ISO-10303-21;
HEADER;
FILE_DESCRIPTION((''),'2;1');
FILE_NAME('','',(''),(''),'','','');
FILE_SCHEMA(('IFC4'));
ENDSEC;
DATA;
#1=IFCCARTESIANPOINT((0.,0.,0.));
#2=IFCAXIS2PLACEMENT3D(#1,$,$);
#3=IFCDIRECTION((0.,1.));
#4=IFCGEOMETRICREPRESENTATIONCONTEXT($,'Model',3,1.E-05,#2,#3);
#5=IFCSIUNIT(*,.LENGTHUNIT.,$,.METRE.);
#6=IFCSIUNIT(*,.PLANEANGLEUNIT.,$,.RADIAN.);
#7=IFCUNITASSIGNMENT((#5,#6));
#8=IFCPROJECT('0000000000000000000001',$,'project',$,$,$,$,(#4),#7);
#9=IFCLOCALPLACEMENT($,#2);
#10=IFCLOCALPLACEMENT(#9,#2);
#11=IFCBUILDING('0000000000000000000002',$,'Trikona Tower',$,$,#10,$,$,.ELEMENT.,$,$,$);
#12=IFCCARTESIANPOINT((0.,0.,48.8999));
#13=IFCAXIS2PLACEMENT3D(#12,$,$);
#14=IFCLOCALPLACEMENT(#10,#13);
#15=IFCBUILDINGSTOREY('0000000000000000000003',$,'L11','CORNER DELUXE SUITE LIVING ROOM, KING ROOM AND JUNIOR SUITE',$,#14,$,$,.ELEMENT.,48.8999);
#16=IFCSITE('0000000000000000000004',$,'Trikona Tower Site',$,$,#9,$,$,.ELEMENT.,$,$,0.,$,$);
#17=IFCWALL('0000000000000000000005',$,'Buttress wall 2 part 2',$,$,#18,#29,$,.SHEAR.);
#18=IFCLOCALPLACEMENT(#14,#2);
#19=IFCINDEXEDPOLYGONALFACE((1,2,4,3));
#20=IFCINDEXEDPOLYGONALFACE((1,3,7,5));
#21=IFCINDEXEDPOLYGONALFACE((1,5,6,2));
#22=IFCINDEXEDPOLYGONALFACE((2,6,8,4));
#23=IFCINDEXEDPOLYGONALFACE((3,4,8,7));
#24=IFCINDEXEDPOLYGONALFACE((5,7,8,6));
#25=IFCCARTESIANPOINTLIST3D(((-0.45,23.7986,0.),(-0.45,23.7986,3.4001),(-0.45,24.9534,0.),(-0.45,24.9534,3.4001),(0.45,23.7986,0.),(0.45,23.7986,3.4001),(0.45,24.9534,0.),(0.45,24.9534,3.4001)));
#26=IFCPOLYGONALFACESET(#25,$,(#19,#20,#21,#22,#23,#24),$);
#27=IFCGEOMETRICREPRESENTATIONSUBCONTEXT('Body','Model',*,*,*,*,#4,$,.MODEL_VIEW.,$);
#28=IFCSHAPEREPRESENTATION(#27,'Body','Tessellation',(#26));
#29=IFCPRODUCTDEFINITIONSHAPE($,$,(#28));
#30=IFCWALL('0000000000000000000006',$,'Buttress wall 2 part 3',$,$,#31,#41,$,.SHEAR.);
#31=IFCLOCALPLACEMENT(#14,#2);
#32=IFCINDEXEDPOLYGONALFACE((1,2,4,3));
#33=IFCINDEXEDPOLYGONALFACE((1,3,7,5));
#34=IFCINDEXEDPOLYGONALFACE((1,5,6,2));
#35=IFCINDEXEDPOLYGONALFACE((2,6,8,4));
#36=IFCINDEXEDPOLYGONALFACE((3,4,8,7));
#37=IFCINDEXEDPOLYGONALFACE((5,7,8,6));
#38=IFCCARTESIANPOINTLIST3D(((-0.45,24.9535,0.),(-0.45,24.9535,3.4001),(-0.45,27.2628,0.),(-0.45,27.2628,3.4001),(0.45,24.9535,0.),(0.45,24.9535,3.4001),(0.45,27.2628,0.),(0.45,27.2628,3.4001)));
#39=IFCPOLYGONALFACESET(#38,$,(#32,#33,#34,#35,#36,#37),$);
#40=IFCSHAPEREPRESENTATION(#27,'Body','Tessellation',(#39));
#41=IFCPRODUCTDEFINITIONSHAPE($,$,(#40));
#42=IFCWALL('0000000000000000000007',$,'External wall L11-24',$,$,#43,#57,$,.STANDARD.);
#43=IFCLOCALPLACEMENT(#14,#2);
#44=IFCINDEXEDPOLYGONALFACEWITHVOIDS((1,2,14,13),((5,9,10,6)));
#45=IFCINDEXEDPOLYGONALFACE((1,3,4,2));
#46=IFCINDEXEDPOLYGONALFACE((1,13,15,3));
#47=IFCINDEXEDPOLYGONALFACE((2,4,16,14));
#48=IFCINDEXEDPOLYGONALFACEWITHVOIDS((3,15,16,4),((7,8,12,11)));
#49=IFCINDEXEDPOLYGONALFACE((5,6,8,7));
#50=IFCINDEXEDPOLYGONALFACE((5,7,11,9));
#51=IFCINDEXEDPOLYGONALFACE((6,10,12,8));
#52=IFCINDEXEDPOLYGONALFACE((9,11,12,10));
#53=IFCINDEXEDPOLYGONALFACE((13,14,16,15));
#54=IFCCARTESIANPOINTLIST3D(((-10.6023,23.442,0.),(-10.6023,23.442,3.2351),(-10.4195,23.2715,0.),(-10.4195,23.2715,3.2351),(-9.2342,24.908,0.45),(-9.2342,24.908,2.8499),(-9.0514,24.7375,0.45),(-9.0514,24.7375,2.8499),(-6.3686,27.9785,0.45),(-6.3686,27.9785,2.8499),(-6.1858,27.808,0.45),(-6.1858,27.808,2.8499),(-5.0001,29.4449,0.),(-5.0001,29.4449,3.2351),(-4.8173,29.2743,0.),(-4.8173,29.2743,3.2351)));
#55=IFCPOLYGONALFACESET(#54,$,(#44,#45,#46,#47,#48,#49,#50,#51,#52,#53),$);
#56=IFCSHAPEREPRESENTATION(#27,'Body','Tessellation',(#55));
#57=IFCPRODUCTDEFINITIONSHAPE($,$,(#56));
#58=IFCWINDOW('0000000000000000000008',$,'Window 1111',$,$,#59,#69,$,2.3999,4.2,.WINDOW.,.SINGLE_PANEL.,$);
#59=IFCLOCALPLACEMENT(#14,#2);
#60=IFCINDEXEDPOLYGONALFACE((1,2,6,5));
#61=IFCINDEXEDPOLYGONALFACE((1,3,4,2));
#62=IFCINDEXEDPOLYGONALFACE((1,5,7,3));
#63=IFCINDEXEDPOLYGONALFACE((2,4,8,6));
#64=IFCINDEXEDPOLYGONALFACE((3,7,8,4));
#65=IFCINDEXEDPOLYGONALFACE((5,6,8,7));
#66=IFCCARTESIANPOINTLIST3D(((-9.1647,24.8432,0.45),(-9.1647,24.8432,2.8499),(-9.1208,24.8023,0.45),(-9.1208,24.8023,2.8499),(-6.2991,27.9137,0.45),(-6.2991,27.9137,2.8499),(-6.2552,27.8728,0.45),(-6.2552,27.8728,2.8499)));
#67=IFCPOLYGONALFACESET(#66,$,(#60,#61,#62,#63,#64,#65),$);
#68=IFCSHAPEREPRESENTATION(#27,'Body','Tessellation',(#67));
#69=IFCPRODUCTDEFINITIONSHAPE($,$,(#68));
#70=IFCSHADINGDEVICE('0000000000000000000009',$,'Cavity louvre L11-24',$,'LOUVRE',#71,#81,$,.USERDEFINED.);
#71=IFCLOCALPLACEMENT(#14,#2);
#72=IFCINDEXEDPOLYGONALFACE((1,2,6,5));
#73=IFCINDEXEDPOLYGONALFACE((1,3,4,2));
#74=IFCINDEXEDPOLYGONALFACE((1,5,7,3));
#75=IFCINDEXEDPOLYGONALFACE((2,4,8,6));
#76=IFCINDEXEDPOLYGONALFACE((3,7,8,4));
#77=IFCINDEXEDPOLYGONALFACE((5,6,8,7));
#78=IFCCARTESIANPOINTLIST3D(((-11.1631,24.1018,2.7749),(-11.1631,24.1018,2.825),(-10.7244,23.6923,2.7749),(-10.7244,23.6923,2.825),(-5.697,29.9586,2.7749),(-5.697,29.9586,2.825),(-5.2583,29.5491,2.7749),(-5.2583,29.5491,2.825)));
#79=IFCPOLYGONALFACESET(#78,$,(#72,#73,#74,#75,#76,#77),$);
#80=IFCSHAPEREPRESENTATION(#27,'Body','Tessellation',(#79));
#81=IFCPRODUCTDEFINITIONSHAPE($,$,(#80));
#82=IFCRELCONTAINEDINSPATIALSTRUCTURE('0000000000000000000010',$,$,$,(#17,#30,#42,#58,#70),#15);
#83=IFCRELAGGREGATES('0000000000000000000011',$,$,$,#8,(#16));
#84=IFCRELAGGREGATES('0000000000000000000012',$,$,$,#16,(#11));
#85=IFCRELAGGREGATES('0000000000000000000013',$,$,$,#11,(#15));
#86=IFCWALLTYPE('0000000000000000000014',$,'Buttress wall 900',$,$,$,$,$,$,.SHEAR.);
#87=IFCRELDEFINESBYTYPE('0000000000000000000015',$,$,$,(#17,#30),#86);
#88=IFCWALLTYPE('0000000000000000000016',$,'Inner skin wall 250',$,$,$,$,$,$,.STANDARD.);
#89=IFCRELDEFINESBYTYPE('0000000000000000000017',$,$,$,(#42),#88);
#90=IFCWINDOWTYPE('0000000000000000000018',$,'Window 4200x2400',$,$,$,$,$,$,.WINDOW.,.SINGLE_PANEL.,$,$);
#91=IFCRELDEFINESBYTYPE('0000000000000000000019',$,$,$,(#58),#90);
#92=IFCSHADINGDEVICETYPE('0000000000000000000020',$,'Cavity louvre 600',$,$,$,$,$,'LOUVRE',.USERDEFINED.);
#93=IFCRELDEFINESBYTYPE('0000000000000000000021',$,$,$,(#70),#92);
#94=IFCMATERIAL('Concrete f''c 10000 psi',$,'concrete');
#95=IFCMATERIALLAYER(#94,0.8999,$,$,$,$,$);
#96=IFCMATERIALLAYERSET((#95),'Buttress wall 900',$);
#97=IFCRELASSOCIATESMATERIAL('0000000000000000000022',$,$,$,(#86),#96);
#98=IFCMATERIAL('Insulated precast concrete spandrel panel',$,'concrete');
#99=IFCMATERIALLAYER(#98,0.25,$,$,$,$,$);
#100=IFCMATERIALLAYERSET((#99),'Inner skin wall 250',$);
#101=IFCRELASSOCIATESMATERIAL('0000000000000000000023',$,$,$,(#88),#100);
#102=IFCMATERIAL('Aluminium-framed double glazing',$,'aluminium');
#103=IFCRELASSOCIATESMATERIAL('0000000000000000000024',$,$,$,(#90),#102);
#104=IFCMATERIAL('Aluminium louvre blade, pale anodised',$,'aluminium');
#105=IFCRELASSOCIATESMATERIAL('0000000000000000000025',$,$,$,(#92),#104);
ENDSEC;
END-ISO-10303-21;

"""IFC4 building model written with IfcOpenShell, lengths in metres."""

from ifc_helpers import new_model, si_unit, direction, frame, frame_2d, origin, origin_2d, place, context, subcontext, project, spatial, rectangle, extrude, material, layer, layer_set, type_object, element, fill, save


model = new_model("IFC4")

# Units and contexts
model_context = context("Model", 3, precision=1e-05, world=origin(), true_north=direction((0.0, 1.0)))
body_context = subcontext(model_context, "Body", "Model", "MODEL_VIEW")
ifc_project = project(units=[si_unit("LENGTHUNIT", "METRE"), si_unit("PLANEANGLEUNIT", "RADIAN")], contexts=[model_context])

# Site, building, storey
site_placement = place(None, origin())
site = spatial("IfcSite", under=ifc_project, at=site_placement, Name="Trikona Tower Site", CompositionType="ELEMENT", RefElevation=0.0)
building_placement = place(site_placement, origin())
building = spatial("IfcBuilding", under=site, at=building_placement, Name="Trikona Tower", CompositionType="ELEMENT")
storey_placement = place(building_placement, frame((0.0, 0.0, 48.8999)))
storey = spatial("IfcBuildingStorey", under=building, at=storey_placement, Name="L11", Description="CORNER DELUXE SUITE LIVING ROOM, KING ROOM AND JUNIOR SUITE", CompositionType="ELEMENT", Elevation=48.8999)

# Walls
ifc_material_1 = material(Name="Concrete f'c 10000 psi", Category="concrete")
ifc_layer_1 = layer(ifc_material_1, 0.8999)
ifc_layer_set_1 = layer_set([ifc_layer_1], Name="Buttress wall 900")
wall_type_1 = type_object("IfcWallType", Name="Buttress wall 900", PredefinedType="SHEAR", material=ifc_layer_set_1)
wall_1_placement = place(storey_placement, frame((0.0, 23.7986, 0.0), z_axis=(0.0, 0.0, 1.0), x_axis=(0.0, 1.0, 0.0)))
element("IfcWall", 1, at=wall_1_placement, inside=storey, type_object=wall_type_1, Name="Buttress wall 2 part 2", PredefinedType="SHEAR", context=body_context, shape_type="SweptSolid", body=[
    extrude(rectangle(XDim=1.1548, YDim=0.8999, at=frame_2d((0.5774, 0.0))), origin(), (0.0, 0.0, 1.0), 3.4001),
])
wall_2_placement = place(storey_placement, frame((0.0, 24.9534, 0.0), z_axis=(0.0, 0.0, 1.0), x_axis=(0.0, 1.0, 0.0)))
element("IfcWall", 2, at=wall_2_placement, inside=storey, type_object=wall_type_1, Name="Buttress wall 2 part 3", PredefinedType="SHEAR", context=body_context, shape_type="SweptSolid", body=[
    extrude(rectangle(XDim=2.3093, YDim=0.8999, at=frame_2d((1.1548, 0.0))), origin(), (0.0, 0.0, 1.0), 3.4001),
])

# Wall, opening, window
ifc_material_2 = material(Name="Insulated precast concrete spandrel panel", Category="concrete")
ifc_layer_2 = layer(ifc_material_2, 0.25)
ifc_layer_set_2 = layer_set([ifc_layer_2], Name="Inner skin wall 250")
wall_type_2 = type_object("IfcWallType", Name="Inner skin wall 250", PredefinedType="STANDARD", material=ifc_layer_set_2)
wall_3_placement = place(storey_placement, frame((-4.9087, 29.3596, 0.0), z_axis=(0.0, 0.0, 1.0), x_axis=(-0.68229, -0.731082, 0.0)))
wall_3 = element("IfcWall", 3, at=wall_3_placement, inside=storey, type_object=wall_type_2, Name="External wall L11-24", PredefinedType="STANDARD", context=body_context, shape_type="SweptSolid", body=[
    extrude(rectangle(XDim=8.2109, YDim=0.25, at=frame_2d((4.1055, 0.0))), origin(), (0.0, 0.0, 1.0), 3.2351),
])
opening_1_placement = place(wall_3_placement, frame((2.0056, 0.0, 0.45)))
opening_1 = element("IfcOpeningElement", 4, at=opening_1_placement, cuts=wall_3, PredefinedType="OPENING", context=body_context, shape_type="SweptSolid", body=[
    extrude(rectangle(XDim=4.2, YDim=2.3999, at=frame_2d((2.1001, 1.2))), frame((0.0, 0.135, 0.0), z_axis=(0.0, -1.0, 0.0), x_axis=(1.0, 0.0, 0.0)), (0.0, 0.0, 1.0), 0.27),
])
ifc_material_3 = material(Name="Aluminium-framed double glazing", Category="aluminium")
window_type_1 = type_object("IfcWindowType", Name="Window 4200x2400", PartitioningType="SINGLE_PANEL", PredefinedType="WINDOW", material=ifc_material_3)
window_1_placement = place(opening_1_placement, origin())
window_1 = element("IfcWindow", 5, at=window_1_placement, inside=storey, type_object=window_type_1, Name="Window 1111", OverallHeight=2.3999, OverallWidth=4.2, PartitioningType="SINGLE_PANEL", PredefinedType="WINDOW", context=body_context, shape_type="SweptSolid", body=[
    extrude(rectangle(XDim=4.2, YDim=2.3999, at=frame_2d((2.1001, 1.2))), frame((0.0, 0.03, 0.0), z_axis=(0.0, -1.0, 0.0), x_axis=(1.0, 0.0, 0.0)), (0.0, 0.0, 1.0), 0.0601),
])
fill(opening_1, window_1)

# Shading device
ifc_material_4 = material(Name="Aluminium louvre blade, pale anodised", Category="aluminium")
shading_device_type = type_object("IfcShadingDeviceType", Name="Cavity louvre 600", ElementType="LOUVRE", PredefinedType="USERDEFINED", material=ifc_material_4)
shading_device_placement = place(storey_placement, frame((-8.2107, 26.8254, 2.7749), z_axis=(0.0, 0.0, 1.0), x_axis=(-0.682298, -0.731074, 0.0)))
element("IfcShadingDevice", 6, at=shading_device_placement, inside=storey, type_object=shading_device_type, Name="Cavity louvre L11-24", ObjectType="LOUVRE", PredefinedType="USERDEFINED", context=body_context, shape_type="SweptSolid", body=[
    extrude(rectangle(XDim=8.0112, YDim=0.6001, at=origin_2d()), origin(), (0.0, 0.0, 1.0), 0.05),
])

save(model, "model.ifc")
